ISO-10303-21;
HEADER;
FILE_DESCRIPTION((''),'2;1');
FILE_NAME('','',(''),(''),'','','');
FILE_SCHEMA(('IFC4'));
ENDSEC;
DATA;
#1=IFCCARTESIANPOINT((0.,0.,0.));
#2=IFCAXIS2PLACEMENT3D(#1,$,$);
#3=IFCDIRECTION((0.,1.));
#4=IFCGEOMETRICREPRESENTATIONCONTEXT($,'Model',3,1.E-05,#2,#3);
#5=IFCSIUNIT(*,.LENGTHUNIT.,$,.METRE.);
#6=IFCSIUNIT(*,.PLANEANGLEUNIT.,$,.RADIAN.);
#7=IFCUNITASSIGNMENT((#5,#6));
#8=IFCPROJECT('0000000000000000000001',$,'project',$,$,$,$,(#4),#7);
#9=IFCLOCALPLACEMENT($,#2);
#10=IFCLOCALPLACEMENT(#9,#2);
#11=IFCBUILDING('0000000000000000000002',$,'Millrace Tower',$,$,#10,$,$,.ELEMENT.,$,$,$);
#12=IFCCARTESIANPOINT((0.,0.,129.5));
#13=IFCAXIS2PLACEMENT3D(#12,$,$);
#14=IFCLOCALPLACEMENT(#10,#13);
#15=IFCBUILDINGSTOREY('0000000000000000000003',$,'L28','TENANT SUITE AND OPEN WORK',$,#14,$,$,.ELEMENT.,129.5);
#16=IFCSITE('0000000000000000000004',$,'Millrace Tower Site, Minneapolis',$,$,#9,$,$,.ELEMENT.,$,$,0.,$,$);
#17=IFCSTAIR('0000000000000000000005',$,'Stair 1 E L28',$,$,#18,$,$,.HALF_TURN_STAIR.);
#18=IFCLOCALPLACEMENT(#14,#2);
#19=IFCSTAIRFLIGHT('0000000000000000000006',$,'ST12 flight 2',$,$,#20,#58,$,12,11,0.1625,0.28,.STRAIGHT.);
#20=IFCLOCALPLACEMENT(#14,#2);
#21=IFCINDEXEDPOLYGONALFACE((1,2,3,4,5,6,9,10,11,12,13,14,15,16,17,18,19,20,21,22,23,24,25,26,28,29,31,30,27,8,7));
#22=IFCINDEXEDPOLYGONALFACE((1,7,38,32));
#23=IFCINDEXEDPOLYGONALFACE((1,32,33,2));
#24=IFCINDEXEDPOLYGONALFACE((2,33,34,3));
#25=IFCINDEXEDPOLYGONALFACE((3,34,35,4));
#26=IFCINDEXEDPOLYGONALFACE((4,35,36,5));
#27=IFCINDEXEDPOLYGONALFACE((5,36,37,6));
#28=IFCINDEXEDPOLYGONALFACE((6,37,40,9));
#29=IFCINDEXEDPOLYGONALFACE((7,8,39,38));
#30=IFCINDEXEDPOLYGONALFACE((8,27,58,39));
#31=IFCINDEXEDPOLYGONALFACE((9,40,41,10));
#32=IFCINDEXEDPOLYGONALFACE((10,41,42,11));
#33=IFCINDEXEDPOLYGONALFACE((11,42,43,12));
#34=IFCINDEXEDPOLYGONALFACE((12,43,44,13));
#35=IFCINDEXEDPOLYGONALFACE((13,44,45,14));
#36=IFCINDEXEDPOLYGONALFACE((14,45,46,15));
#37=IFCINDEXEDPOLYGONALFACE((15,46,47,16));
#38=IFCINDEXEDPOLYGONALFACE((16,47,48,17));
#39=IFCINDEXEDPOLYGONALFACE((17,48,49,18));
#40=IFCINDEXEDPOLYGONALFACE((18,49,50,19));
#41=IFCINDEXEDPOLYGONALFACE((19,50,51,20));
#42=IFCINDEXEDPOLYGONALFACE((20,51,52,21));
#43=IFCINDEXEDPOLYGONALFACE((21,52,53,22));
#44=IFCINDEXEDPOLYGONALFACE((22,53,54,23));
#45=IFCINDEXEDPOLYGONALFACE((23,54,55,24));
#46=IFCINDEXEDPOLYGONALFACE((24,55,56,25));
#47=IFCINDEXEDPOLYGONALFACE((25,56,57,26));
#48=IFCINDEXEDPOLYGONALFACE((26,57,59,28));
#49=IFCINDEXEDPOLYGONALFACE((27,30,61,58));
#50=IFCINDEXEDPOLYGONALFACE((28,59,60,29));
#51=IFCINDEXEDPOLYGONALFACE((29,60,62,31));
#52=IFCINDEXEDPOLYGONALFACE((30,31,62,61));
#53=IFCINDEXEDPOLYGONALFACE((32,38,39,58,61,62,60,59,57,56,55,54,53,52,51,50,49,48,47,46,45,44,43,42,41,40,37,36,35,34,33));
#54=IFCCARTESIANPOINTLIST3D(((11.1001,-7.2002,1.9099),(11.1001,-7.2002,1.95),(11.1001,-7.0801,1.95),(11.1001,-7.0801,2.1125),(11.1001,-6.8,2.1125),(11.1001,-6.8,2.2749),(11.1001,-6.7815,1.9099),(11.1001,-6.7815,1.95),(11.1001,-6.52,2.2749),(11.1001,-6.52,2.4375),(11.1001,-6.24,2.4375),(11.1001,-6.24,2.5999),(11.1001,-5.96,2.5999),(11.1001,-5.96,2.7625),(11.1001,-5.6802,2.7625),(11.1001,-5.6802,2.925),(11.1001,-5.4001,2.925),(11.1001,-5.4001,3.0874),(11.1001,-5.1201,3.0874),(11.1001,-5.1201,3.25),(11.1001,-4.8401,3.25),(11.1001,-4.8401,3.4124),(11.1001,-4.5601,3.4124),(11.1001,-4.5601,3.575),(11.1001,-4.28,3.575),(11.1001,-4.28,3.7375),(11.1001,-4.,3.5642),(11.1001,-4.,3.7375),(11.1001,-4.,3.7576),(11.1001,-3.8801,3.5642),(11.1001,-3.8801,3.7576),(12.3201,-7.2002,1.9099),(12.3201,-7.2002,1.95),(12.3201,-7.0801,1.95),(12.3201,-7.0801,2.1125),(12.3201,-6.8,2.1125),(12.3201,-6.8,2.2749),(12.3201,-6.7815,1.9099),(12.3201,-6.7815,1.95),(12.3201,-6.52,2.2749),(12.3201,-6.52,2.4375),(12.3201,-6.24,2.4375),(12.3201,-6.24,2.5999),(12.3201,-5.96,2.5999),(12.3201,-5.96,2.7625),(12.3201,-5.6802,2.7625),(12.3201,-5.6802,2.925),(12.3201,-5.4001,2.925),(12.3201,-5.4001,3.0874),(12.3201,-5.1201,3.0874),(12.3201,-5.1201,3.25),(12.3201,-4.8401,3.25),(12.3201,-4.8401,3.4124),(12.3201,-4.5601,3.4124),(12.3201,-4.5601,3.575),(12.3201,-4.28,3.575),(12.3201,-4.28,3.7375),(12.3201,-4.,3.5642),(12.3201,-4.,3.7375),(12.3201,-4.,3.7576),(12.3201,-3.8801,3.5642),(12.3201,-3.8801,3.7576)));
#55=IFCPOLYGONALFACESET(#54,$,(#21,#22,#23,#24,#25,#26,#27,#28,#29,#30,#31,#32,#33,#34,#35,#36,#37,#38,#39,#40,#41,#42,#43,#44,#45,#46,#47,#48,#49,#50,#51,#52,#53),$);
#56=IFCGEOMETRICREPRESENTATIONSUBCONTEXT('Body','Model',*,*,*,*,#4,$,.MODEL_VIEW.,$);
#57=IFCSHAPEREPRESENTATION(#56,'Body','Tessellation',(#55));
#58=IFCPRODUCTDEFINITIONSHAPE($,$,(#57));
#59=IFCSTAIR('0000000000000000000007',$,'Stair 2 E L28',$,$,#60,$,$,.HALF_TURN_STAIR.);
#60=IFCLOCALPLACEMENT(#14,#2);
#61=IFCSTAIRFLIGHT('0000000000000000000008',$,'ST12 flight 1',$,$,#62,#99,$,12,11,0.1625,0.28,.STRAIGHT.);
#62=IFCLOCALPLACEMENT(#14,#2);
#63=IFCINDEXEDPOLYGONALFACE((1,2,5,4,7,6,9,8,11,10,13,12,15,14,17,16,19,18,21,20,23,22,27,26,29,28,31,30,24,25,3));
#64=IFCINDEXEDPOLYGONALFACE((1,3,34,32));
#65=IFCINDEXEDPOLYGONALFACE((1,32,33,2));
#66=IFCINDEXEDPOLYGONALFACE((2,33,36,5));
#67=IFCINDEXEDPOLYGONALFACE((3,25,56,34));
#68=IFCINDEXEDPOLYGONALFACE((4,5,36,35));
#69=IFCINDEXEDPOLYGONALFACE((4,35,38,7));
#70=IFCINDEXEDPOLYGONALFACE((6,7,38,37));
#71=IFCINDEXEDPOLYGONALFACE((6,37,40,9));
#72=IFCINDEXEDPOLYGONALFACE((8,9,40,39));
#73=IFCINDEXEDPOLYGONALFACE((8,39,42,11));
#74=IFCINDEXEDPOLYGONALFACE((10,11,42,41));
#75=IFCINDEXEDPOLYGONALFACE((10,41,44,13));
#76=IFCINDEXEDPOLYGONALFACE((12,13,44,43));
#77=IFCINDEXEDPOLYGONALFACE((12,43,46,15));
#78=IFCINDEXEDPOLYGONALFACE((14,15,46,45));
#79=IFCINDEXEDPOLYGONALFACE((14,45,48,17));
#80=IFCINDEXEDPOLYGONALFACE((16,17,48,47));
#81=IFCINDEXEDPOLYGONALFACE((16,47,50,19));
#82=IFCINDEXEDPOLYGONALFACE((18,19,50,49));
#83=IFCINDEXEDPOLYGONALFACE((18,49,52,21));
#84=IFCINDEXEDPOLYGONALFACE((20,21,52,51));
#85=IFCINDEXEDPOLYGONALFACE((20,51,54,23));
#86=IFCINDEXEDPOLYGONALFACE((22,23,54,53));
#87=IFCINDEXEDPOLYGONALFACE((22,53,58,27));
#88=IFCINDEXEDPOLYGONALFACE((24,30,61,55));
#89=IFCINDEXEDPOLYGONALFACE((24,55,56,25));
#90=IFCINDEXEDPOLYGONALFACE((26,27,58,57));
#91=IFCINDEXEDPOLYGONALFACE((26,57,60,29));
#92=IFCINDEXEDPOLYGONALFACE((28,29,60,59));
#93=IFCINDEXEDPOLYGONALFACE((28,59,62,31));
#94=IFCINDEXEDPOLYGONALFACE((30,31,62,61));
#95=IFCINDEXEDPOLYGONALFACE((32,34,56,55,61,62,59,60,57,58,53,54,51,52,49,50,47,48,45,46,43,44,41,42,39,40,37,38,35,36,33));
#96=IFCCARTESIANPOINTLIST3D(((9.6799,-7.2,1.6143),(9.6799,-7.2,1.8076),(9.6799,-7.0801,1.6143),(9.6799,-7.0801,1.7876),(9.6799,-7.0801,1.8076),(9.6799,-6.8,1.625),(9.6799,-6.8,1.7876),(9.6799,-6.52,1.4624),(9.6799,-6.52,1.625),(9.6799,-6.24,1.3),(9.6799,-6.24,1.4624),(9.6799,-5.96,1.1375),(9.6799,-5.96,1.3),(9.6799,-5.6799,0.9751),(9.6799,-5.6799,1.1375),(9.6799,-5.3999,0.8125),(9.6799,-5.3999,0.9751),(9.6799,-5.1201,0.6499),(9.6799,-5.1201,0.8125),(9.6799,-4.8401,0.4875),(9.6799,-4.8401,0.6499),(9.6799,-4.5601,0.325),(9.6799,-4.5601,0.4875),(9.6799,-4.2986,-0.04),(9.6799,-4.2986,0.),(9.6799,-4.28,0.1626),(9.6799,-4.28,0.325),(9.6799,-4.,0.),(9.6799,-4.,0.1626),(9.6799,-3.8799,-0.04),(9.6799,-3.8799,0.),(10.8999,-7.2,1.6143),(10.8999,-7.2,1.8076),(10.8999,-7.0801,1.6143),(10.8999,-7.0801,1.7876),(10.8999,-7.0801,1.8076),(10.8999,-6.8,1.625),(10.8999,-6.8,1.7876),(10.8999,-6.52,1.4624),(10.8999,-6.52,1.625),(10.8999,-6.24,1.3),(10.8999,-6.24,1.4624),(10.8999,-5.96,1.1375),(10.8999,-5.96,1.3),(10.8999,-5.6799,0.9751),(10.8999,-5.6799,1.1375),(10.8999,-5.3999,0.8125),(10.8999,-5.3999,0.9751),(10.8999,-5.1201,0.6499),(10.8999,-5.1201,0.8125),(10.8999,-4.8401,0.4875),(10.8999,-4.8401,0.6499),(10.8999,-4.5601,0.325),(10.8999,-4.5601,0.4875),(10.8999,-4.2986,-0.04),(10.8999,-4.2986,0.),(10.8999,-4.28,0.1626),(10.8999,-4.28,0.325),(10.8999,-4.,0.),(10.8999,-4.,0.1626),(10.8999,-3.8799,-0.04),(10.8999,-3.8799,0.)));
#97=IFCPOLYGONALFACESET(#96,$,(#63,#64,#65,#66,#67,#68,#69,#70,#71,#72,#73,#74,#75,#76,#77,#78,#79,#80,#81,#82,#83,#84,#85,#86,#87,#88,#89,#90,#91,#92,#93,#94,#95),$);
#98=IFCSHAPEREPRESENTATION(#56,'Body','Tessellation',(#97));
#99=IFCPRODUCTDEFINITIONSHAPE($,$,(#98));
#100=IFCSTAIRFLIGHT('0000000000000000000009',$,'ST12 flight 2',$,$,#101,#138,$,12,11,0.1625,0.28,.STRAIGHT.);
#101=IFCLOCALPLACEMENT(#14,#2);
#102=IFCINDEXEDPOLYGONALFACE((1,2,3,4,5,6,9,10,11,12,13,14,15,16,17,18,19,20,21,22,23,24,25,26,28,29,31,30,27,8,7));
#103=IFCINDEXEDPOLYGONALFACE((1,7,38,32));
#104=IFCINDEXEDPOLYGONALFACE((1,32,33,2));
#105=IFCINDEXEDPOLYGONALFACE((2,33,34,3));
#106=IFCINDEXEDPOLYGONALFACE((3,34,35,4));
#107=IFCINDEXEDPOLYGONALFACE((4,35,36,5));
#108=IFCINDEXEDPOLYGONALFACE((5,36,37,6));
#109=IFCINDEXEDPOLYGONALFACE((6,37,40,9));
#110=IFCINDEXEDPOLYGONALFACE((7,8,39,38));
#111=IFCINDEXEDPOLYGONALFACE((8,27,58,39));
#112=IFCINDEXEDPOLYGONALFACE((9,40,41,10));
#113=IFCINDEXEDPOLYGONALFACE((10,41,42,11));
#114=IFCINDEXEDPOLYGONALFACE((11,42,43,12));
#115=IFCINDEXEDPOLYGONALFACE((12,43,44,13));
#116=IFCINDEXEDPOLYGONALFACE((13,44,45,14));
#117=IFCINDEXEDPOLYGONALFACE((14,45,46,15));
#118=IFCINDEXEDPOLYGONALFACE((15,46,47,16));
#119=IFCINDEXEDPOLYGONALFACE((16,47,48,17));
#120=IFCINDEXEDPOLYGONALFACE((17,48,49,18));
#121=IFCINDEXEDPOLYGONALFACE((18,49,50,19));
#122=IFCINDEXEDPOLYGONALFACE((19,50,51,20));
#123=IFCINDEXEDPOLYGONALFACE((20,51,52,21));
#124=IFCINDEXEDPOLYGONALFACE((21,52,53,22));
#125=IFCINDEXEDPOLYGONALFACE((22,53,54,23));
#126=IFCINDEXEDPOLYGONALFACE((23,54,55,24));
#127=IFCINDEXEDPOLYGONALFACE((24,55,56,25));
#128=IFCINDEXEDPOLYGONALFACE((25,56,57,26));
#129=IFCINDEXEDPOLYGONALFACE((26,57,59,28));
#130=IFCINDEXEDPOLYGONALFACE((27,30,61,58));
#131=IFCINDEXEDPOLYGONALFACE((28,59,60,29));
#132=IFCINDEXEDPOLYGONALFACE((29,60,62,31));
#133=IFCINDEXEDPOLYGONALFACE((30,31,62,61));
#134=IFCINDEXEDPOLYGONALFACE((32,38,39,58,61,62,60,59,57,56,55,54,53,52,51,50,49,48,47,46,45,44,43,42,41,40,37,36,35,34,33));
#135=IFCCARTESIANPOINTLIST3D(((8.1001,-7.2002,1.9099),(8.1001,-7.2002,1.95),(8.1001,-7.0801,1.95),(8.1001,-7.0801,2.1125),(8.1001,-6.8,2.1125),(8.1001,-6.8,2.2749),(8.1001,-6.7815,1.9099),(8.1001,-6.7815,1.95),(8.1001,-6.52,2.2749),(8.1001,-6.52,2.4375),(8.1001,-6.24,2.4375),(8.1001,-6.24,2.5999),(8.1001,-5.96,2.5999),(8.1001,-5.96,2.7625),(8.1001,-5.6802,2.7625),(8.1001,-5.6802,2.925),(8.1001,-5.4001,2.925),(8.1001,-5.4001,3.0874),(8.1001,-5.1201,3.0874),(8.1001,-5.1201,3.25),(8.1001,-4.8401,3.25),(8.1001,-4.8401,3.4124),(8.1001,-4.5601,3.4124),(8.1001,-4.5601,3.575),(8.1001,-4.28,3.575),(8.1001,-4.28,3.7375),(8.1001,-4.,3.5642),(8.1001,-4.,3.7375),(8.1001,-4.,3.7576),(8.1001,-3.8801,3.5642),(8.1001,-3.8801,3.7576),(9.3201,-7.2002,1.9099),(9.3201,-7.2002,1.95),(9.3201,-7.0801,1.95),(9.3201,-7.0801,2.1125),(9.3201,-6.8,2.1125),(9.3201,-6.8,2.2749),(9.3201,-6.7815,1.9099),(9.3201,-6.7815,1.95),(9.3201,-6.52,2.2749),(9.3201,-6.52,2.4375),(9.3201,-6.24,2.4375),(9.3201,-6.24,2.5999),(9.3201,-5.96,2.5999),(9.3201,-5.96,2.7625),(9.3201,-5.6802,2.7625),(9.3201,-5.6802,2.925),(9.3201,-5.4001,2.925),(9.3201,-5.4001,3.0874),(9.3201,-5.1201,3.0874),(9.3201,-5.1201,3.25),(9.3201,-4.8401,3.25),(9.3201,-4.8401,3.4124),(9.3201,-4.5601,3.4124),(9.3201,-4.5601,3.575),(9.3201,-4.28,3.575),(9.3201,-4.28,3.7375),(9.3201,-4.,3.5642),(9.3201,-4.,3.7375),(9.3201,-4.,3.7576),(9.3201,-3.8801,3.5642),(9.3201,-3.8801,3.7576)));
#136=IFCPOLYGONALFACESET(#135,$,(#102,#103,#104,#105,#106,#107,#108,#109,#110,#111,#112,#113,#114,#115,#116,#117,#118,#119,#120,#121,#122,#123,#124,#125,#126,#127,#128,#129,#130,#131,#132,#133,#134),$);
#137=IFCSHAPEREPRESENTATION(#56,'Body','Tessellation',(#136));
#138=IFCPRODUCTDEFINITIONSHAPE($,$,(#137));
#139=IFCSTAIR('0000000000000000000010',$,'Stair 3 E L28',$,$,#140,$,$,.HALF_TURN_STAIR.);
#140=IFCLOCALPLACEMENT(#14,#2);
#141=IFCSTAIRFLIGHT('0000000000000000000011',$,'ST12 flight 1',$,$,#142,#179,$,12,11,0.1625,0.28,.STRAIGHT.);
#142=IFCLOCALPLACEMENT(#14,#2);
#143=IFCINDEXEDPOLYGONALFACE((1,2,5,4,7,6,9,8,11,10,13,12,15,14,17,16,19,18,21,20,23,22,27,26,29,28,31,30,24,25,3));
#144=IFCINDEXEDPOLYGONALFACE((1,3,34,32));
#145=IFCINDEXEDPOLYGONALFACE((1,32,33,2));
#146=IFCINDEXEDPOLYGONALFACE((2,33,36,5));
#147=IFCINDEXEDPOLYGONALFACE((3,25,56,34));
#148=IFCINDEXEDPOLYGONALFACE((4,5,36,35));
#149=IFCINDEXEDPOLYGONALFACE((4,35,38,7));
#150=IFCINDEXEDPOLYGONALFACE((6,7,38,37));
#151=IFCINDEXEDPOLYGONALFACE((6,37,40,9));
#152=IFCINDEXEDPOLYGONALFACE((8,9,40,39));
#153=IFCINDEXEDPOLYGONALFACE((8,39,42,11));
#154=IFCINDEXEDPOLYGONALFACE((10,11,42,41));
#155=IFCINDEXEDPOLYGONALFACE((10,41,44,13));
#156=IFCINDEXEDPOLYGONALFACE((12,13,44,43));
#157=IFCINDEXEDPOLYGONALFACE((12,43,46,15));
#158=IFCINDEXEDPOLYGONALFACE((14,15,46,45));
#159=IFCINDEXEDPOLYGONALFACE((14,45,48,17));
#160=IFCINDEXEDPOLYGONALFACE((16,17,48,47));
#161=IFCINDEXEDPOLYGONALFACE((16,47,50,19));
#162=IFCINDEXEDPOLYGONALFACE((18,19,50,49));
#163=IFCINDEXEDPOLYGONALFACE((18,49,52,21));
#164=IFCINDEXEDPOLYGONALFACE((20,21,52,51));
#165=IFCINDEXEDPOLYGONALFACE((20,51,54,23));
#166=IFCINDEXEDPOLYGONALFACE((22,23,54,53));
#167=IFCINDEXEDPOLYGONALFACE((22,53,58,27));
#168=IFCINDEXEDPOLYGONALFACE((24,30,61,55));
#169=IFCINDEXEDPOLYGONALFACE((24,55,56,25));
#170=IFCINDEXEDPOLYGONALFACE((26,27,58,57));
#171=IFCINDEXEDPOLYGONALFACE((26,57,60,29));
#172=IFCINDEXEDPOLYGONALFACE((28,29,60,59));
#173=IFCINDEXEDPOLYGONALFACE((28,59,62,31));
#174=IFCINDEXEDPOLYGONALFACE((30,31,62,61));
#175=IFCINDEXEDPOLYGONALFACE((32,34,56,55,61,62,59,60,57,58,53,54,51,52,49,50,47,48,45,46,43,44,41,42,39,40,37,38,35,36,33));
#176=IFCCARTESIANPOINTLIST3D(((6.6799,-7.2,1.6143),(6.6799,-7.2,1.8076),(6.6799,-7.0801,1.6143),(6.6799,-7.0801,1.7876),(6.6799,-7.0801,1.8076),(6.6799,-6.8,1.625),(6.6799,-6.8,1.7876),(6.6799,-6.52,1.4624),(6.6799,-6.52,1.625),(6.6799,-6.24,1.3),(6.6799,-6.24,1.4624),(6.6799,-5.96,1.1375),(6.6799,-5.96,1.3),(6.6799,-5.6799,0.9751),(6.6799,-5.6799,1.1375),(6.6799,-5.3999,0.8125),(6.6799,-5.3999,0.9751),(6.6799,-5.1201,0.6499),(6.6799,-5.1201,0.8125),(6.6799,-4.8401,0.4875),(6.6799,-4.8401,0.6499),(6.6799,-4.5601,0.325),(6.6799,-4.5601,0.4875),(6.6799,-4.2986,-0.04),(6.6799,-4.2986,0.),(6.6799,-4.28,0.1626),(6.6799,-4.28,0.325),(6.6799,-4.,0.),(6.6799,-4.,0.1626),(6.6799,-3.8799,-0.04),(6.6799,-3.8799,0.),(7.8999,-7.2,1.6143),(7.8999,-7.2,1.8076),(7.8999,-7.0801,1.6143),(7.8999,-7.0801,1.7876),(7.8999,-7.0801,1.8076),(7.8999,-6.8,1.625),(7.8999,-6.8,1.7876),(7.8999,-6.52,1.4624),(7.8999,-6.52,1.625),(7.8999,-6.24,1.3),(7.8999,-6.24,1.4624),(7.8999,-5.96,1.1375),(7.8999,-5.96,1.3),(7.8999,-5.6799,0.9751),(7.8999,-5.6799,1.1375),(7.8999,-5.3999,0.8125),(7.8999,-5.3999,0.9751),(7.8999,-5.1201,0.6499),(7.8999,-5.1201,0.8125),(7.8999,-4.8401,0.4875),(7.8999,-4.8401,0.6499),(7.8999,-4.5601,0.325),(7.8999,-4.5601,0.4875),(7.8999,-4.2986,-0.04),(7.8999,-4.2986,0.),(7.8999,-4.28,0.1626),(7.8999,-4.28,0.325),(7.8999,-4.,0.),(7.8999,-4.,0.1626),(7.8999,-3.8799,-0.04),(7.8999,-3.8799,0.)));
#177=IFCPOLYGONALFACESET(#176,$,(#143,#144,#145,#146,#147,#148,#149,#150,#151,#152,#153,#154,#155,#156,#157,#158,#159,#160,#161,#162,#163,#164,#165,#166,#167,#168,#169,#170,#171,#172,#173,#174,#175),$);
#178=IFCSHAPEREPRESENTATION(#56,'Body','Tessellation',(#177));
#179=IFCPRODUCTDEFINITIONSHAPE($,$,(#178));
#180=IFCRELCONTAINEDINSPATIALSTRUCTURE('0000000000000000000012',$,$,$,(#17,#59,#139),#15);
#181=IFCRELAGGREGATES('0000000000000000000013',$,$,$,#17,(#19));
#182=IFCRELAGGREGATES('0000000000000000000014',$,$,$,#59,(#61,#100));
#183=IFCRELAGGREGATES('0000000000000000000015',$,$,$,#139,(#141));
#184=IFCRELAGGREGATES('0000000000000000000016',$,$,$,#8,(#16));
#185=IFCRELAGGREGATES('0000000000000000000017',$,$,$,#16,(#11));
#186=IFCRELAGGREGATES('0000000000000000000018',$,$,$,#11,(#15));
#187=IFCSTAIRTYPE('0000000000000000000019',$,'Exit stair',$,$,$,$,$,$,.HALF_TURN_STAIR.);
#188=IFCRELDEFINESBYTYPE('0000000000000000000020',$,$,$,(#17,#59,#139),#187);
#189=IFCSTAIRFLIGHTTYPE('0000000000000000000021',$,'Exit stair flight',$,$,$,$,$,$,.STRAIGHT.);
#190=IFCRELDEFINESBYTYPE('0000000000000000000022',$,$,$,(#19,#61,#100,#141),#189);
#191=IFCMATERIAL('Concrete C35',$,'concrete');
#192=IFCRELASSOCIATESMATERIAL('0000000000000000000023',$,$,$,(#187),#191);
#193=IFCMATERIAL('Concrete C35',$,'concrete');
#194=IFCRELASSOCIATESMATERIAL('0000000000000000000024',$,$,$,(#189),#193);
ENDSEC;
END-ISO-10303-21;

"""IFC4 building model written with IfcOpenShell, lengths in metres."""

from ifc_helpers import new_model, si_unit, direction, frame, origin, place, context, subcontext, project, spatial, polyline, outline, extrude, material, type_object, element, aggregate, save


model = new_model("IFC4")

# Units and contexts
model_context = context("Model", 3, precision=1e-05, world=origin(), true_north=direction((0.0, 1.0)))
body_context = subcontext(model_context, "Body", "Model", "MODEL_VIEW")
ifc_project = project(units=[si_unit("LENGTHUNIT", "METRE"), si_unit("PLANEANGLEUNIT", "RADIAN")], contexts=[model_context])

# Site, building, storey
site_placement = place(None, origin())
site = spatial("IfcSite", under=ifc_project, at=site_placement, Name="Millrace Tower Site, Minneapolis", CompositionType="ELEMENT", RefElevation=0.0)
building_placement = place(site_placement, origin())
building = spatial("IfcBuilding", under=site, at=building_placement, Name="Millrace Tower", CompositionType="ELEMENT")
storey_placement = place(building_placement, frame((0.0, 0.0, 129.5)))
storey = spatial("IfcBuildingStorey", under=building, at=storey_placement, Name="L28", Description="TENANT SUITE AND OPEN WORK", CompositionType="ELEMENT", Elevation=129.5)

# Shared definitions
placement = place(storey_placement, origin())

# Stair, stair flight
ifc_material_1 = material(Name="Concrete C35", Category="concrete")
stair_type = type_object("IfcStairType", Name="Exit stair", PredefinedType="HALF_TURN_STAIR", material=ifc_material_1)
stair_1 = element("IfcStair", 1, at=placement, inside=storey, type_object=stair_type, Name="Stair 1 E L28", PredefinedType="HALF_TURN_STAIR")
ifc_material_2 = material(Name="Concrete C35", Category="concrete")
stair_flight_type = type_object("IfcStairFlightType", Name="Exit stair flight", PredefinedType="STRAIGHT", material=ifc_material_2)
stair_flight_1_placement = place(storey_placement, frame((11.71, -7.0801, 1.95), z_axis=(0.0, 0.0, 1.0), x_axis=(0.0, 1.0, 0.0)))
stair_flight_1 = element("IfcStairFlight", 2, at=stair_flight_1_placement, type_object=stair_flight_type, Name="ST12 flight 2", NumberOfRisers=12, NumberOfTreads=11, PredefinedType="STRAIGHT", RiserHeight=0.1625, TreadLength=0.28, context=body_context, shape_type="SweptSolid", body=[
    extrude(outline(polyline([(-0.1201, -0.04), (-0.1201, 0.0), (0.0, 0.0), (0.0, 0.1626), (0.28, 0.1626), (0.28, 0.325), (0.5601, 0.325), (0.5601, 0.4875), (0.8401, 0.4875), (0.8401, 0.6499), (1.1201, 0.6499), (1.1201, 0.8125), (1.3999, 0.8125), (1.3999, 0.9751), (1.6799, 0.9751), (1.6799, 1.1375), (1.96, 1.1375), (1.96, 1.3), (2.24, 1.3), (2.24, 1.4624), (2.52, 1.4624), (2.52, 1.625), (2.8, 1.625), (2.8, 1.7876), (3.0801, 1.7876), (3.0801, 1.8076), (3.2, 1.8076), (3.2, 1.6143), (3.0801, 1.6143), (0.2986, 0.0), (0.2986, -0.04), (-0.1201, -0.04)])), frame((0.0, 0.6099, 0.0), z_axis=(0.0, -1.0, 0.0), x_axis=(1.0, 0.0, 0.0)), (0.0, 0.0, 1.0), 1.22),
])
aggregate(stair_1, [stair_flight_1])

# Stairs, stair flights
stair_2 = element("IfcStair", 3, at=placement, inside=storey, type_object=stair_type, Name="Stair 2 E L28", PredefinedType="HALF_TURN_STAIR")
stair_flight_2_placement = place(storey_placement, frame((10.29, -4.0, 0.0), z_axis=(0.0, 0.0, 1.0), x_axis=(0.0, -1.0, 0.0)))
stair_flight_2 = element("IfcStairFlight", 4, at=stair_flight_2_placement, type_object=stair_flight_type, Name="ST12 flight 1", NumberOfRisers=12, NumberOfTreads=11, PredefinedType="STRAIGHT", RiserHeight=0.1625, TreadLength=0.28, context=body_context, shape_type="SweptSolid", body=[
    extrude(outline(polyline([(-0.1201, -0.04), (-0.1201, 0.0), (0.0, 0.0), (0.0, 0.1626), (0.28, 0.1626), (0.28, 0.325), (0.5601, 0.325), (0.5601, 0.4875), (0.8401, 0.4875), (0.8401, 0.6499), (1.1201, 0.6499), (1.1201, 0.8125), (1.3999, 0.8125), (1.3999, 0.9751), (1.6799, 0.9751), (1.6799, 1.1375), (1.96, 1.1375), (1.96, 1.3), (2.24, 1.3), (2.24, 1.4624), (2.52, 1.4624), (2.52, 1.625), (2.8, 1.625), (2.8, 1.7876), (3.0801, 1.7876), (3.0801, 1.8076), (3.2, 1.8076), (3.2, 1.6143), (3.0801, 1.6143), (0.2986, 0.0), (0.2986, -0.04), (-0.1201, -0.04)])), frame((0.0, 0.6099, 0.0), z_axis=(0.0, -1.0, 0.0), x_axis=(1.0, 0.0, 0.0)), (0.0, 0.0, 1.0), 1.22),
])
stair_flight_3_placement = place(storey_placement, frame((8.71, -7.0801, 1.95), z_axis=(0.0, 0.0, 1.0), x_axis=(0.0, 1.0, 0.0)))
stair_flight_3 = element("IfcStairFlight", 5, at=stair_flight_3_placement, type_object=stair_flight_type, Name="ST12 flight 2", NumberOfRisers=12, NumberOfTreads=11, PredefinedType="STRAIGHT", RiserHeight=0.1625, TreadLength=0.28, context=body_context, shape_type="SweptSolid", body=[
    extrude(outline(polyline([(-0.1201, -0.04), (-0.1201, 0.0), (0.0, 0.0), (0.0, 0.1626), (0.28, 0.1626), (0.28, 0.325), (0.5601, 0.325), (0.5601, 0.4875), (0.8401, 0.4875), (0.8401, 0.6499), (1.1201, 0.6499), (1.1201, 0.8125), (1.3999, 0.8125), (1.3999, 0.9751), (1.6799, 0.9751), (1.6799, 1.1375), (1.96, 1.1375), (1.96, 1.3), (2.24, 1.3), (2.24, 1.4624), (2.52, 1.4624), (2.52, 1.625), (2.8, 1.625), (2.8, 1.7876), (3.0801, 1.7876), (3.0801, 1.8076), (3.2, 1.8076), (3.2, 1.6143), (3.0801, 1.6143), (0.2986, 0.0), (0.2986, -0.04), (-0.1201, -0.04)])), frame((0.0, 0.6099, 0.0), z_axis=(0.0, -1.0, 0.0), x_axis=(1.0, 0.0, 0.0)), (0.0, 0.0, 1.0), 1.22),
])
aggregate(stair_2, [stair_flight_2, stair_flight_3])
stair_3 = element("IfcStair", 6, at=placement, inside=storey, type_object=stair_type, Name="Stair 3 E L28", PredefinedType="HALF_TURN_STAIR")
stair_flight_4_placement = place(storey_placement, frame((7.29, -4.0, 0.0), z_axis=(0.0, 0.0, 1.0), x_axis=(0.0, -1.0, 0.0)))
stair_flight_4 = element("IfcStairFlight", 7, at=stair_flight_4_placement, type_object=stair_flight_type, Name="ST12 flight 1", NumberOfRisers=12, NumberOfTreads=11, PredefinedType="STRAIGHT", RiserHeight=0.1625, TreadLength=0.28, context=body_context, shape_type="SweptSolid", body=[
    extrude(outline(polyline([(-0.1201, -0.04), (-0.1201, 0.0), (0.0, 0.0), (0.0, 0.1626), (0.28, 0.1626), (0.28, 0.325), (0.5601, 0.325), (0.5601, 0.4875), (0.8401, 0.4875), (0.8401, 0.6499), (1.1201, 0.6499), (1.1201, 0.8125), (1.3999, 0.8125), (1.3999, 0.9751), (1.6799, 0.9751), (1.6799, 1.1375), (1.96, 1.1375), (1.96, 1.3), (2.24, 1.3), (2.24, 1.4624), (2.52, 1.4624), (2.52, 1.625), (2.8, 1.625), (2.8, 1.7876), (3.0801, 1.7876), (3.0801, 1.8076), (3.2, 1.8076), (3.2, 1.6143), (3.0801, 1.6143), (0.2986, 0.0), (0.2986, -0.04), (-0.1201, -0.04)])), frame((0.0, 0.6099, 0.0), z_axis=(0.0, -1.0, 0.0), x_axis=(1.0, 0.0, 0.0)), (0.0, 0.0, 1.0), 1.22),
])
aggregate(stair_3, [stair_flight_4])

save(model, "model.ifc")
